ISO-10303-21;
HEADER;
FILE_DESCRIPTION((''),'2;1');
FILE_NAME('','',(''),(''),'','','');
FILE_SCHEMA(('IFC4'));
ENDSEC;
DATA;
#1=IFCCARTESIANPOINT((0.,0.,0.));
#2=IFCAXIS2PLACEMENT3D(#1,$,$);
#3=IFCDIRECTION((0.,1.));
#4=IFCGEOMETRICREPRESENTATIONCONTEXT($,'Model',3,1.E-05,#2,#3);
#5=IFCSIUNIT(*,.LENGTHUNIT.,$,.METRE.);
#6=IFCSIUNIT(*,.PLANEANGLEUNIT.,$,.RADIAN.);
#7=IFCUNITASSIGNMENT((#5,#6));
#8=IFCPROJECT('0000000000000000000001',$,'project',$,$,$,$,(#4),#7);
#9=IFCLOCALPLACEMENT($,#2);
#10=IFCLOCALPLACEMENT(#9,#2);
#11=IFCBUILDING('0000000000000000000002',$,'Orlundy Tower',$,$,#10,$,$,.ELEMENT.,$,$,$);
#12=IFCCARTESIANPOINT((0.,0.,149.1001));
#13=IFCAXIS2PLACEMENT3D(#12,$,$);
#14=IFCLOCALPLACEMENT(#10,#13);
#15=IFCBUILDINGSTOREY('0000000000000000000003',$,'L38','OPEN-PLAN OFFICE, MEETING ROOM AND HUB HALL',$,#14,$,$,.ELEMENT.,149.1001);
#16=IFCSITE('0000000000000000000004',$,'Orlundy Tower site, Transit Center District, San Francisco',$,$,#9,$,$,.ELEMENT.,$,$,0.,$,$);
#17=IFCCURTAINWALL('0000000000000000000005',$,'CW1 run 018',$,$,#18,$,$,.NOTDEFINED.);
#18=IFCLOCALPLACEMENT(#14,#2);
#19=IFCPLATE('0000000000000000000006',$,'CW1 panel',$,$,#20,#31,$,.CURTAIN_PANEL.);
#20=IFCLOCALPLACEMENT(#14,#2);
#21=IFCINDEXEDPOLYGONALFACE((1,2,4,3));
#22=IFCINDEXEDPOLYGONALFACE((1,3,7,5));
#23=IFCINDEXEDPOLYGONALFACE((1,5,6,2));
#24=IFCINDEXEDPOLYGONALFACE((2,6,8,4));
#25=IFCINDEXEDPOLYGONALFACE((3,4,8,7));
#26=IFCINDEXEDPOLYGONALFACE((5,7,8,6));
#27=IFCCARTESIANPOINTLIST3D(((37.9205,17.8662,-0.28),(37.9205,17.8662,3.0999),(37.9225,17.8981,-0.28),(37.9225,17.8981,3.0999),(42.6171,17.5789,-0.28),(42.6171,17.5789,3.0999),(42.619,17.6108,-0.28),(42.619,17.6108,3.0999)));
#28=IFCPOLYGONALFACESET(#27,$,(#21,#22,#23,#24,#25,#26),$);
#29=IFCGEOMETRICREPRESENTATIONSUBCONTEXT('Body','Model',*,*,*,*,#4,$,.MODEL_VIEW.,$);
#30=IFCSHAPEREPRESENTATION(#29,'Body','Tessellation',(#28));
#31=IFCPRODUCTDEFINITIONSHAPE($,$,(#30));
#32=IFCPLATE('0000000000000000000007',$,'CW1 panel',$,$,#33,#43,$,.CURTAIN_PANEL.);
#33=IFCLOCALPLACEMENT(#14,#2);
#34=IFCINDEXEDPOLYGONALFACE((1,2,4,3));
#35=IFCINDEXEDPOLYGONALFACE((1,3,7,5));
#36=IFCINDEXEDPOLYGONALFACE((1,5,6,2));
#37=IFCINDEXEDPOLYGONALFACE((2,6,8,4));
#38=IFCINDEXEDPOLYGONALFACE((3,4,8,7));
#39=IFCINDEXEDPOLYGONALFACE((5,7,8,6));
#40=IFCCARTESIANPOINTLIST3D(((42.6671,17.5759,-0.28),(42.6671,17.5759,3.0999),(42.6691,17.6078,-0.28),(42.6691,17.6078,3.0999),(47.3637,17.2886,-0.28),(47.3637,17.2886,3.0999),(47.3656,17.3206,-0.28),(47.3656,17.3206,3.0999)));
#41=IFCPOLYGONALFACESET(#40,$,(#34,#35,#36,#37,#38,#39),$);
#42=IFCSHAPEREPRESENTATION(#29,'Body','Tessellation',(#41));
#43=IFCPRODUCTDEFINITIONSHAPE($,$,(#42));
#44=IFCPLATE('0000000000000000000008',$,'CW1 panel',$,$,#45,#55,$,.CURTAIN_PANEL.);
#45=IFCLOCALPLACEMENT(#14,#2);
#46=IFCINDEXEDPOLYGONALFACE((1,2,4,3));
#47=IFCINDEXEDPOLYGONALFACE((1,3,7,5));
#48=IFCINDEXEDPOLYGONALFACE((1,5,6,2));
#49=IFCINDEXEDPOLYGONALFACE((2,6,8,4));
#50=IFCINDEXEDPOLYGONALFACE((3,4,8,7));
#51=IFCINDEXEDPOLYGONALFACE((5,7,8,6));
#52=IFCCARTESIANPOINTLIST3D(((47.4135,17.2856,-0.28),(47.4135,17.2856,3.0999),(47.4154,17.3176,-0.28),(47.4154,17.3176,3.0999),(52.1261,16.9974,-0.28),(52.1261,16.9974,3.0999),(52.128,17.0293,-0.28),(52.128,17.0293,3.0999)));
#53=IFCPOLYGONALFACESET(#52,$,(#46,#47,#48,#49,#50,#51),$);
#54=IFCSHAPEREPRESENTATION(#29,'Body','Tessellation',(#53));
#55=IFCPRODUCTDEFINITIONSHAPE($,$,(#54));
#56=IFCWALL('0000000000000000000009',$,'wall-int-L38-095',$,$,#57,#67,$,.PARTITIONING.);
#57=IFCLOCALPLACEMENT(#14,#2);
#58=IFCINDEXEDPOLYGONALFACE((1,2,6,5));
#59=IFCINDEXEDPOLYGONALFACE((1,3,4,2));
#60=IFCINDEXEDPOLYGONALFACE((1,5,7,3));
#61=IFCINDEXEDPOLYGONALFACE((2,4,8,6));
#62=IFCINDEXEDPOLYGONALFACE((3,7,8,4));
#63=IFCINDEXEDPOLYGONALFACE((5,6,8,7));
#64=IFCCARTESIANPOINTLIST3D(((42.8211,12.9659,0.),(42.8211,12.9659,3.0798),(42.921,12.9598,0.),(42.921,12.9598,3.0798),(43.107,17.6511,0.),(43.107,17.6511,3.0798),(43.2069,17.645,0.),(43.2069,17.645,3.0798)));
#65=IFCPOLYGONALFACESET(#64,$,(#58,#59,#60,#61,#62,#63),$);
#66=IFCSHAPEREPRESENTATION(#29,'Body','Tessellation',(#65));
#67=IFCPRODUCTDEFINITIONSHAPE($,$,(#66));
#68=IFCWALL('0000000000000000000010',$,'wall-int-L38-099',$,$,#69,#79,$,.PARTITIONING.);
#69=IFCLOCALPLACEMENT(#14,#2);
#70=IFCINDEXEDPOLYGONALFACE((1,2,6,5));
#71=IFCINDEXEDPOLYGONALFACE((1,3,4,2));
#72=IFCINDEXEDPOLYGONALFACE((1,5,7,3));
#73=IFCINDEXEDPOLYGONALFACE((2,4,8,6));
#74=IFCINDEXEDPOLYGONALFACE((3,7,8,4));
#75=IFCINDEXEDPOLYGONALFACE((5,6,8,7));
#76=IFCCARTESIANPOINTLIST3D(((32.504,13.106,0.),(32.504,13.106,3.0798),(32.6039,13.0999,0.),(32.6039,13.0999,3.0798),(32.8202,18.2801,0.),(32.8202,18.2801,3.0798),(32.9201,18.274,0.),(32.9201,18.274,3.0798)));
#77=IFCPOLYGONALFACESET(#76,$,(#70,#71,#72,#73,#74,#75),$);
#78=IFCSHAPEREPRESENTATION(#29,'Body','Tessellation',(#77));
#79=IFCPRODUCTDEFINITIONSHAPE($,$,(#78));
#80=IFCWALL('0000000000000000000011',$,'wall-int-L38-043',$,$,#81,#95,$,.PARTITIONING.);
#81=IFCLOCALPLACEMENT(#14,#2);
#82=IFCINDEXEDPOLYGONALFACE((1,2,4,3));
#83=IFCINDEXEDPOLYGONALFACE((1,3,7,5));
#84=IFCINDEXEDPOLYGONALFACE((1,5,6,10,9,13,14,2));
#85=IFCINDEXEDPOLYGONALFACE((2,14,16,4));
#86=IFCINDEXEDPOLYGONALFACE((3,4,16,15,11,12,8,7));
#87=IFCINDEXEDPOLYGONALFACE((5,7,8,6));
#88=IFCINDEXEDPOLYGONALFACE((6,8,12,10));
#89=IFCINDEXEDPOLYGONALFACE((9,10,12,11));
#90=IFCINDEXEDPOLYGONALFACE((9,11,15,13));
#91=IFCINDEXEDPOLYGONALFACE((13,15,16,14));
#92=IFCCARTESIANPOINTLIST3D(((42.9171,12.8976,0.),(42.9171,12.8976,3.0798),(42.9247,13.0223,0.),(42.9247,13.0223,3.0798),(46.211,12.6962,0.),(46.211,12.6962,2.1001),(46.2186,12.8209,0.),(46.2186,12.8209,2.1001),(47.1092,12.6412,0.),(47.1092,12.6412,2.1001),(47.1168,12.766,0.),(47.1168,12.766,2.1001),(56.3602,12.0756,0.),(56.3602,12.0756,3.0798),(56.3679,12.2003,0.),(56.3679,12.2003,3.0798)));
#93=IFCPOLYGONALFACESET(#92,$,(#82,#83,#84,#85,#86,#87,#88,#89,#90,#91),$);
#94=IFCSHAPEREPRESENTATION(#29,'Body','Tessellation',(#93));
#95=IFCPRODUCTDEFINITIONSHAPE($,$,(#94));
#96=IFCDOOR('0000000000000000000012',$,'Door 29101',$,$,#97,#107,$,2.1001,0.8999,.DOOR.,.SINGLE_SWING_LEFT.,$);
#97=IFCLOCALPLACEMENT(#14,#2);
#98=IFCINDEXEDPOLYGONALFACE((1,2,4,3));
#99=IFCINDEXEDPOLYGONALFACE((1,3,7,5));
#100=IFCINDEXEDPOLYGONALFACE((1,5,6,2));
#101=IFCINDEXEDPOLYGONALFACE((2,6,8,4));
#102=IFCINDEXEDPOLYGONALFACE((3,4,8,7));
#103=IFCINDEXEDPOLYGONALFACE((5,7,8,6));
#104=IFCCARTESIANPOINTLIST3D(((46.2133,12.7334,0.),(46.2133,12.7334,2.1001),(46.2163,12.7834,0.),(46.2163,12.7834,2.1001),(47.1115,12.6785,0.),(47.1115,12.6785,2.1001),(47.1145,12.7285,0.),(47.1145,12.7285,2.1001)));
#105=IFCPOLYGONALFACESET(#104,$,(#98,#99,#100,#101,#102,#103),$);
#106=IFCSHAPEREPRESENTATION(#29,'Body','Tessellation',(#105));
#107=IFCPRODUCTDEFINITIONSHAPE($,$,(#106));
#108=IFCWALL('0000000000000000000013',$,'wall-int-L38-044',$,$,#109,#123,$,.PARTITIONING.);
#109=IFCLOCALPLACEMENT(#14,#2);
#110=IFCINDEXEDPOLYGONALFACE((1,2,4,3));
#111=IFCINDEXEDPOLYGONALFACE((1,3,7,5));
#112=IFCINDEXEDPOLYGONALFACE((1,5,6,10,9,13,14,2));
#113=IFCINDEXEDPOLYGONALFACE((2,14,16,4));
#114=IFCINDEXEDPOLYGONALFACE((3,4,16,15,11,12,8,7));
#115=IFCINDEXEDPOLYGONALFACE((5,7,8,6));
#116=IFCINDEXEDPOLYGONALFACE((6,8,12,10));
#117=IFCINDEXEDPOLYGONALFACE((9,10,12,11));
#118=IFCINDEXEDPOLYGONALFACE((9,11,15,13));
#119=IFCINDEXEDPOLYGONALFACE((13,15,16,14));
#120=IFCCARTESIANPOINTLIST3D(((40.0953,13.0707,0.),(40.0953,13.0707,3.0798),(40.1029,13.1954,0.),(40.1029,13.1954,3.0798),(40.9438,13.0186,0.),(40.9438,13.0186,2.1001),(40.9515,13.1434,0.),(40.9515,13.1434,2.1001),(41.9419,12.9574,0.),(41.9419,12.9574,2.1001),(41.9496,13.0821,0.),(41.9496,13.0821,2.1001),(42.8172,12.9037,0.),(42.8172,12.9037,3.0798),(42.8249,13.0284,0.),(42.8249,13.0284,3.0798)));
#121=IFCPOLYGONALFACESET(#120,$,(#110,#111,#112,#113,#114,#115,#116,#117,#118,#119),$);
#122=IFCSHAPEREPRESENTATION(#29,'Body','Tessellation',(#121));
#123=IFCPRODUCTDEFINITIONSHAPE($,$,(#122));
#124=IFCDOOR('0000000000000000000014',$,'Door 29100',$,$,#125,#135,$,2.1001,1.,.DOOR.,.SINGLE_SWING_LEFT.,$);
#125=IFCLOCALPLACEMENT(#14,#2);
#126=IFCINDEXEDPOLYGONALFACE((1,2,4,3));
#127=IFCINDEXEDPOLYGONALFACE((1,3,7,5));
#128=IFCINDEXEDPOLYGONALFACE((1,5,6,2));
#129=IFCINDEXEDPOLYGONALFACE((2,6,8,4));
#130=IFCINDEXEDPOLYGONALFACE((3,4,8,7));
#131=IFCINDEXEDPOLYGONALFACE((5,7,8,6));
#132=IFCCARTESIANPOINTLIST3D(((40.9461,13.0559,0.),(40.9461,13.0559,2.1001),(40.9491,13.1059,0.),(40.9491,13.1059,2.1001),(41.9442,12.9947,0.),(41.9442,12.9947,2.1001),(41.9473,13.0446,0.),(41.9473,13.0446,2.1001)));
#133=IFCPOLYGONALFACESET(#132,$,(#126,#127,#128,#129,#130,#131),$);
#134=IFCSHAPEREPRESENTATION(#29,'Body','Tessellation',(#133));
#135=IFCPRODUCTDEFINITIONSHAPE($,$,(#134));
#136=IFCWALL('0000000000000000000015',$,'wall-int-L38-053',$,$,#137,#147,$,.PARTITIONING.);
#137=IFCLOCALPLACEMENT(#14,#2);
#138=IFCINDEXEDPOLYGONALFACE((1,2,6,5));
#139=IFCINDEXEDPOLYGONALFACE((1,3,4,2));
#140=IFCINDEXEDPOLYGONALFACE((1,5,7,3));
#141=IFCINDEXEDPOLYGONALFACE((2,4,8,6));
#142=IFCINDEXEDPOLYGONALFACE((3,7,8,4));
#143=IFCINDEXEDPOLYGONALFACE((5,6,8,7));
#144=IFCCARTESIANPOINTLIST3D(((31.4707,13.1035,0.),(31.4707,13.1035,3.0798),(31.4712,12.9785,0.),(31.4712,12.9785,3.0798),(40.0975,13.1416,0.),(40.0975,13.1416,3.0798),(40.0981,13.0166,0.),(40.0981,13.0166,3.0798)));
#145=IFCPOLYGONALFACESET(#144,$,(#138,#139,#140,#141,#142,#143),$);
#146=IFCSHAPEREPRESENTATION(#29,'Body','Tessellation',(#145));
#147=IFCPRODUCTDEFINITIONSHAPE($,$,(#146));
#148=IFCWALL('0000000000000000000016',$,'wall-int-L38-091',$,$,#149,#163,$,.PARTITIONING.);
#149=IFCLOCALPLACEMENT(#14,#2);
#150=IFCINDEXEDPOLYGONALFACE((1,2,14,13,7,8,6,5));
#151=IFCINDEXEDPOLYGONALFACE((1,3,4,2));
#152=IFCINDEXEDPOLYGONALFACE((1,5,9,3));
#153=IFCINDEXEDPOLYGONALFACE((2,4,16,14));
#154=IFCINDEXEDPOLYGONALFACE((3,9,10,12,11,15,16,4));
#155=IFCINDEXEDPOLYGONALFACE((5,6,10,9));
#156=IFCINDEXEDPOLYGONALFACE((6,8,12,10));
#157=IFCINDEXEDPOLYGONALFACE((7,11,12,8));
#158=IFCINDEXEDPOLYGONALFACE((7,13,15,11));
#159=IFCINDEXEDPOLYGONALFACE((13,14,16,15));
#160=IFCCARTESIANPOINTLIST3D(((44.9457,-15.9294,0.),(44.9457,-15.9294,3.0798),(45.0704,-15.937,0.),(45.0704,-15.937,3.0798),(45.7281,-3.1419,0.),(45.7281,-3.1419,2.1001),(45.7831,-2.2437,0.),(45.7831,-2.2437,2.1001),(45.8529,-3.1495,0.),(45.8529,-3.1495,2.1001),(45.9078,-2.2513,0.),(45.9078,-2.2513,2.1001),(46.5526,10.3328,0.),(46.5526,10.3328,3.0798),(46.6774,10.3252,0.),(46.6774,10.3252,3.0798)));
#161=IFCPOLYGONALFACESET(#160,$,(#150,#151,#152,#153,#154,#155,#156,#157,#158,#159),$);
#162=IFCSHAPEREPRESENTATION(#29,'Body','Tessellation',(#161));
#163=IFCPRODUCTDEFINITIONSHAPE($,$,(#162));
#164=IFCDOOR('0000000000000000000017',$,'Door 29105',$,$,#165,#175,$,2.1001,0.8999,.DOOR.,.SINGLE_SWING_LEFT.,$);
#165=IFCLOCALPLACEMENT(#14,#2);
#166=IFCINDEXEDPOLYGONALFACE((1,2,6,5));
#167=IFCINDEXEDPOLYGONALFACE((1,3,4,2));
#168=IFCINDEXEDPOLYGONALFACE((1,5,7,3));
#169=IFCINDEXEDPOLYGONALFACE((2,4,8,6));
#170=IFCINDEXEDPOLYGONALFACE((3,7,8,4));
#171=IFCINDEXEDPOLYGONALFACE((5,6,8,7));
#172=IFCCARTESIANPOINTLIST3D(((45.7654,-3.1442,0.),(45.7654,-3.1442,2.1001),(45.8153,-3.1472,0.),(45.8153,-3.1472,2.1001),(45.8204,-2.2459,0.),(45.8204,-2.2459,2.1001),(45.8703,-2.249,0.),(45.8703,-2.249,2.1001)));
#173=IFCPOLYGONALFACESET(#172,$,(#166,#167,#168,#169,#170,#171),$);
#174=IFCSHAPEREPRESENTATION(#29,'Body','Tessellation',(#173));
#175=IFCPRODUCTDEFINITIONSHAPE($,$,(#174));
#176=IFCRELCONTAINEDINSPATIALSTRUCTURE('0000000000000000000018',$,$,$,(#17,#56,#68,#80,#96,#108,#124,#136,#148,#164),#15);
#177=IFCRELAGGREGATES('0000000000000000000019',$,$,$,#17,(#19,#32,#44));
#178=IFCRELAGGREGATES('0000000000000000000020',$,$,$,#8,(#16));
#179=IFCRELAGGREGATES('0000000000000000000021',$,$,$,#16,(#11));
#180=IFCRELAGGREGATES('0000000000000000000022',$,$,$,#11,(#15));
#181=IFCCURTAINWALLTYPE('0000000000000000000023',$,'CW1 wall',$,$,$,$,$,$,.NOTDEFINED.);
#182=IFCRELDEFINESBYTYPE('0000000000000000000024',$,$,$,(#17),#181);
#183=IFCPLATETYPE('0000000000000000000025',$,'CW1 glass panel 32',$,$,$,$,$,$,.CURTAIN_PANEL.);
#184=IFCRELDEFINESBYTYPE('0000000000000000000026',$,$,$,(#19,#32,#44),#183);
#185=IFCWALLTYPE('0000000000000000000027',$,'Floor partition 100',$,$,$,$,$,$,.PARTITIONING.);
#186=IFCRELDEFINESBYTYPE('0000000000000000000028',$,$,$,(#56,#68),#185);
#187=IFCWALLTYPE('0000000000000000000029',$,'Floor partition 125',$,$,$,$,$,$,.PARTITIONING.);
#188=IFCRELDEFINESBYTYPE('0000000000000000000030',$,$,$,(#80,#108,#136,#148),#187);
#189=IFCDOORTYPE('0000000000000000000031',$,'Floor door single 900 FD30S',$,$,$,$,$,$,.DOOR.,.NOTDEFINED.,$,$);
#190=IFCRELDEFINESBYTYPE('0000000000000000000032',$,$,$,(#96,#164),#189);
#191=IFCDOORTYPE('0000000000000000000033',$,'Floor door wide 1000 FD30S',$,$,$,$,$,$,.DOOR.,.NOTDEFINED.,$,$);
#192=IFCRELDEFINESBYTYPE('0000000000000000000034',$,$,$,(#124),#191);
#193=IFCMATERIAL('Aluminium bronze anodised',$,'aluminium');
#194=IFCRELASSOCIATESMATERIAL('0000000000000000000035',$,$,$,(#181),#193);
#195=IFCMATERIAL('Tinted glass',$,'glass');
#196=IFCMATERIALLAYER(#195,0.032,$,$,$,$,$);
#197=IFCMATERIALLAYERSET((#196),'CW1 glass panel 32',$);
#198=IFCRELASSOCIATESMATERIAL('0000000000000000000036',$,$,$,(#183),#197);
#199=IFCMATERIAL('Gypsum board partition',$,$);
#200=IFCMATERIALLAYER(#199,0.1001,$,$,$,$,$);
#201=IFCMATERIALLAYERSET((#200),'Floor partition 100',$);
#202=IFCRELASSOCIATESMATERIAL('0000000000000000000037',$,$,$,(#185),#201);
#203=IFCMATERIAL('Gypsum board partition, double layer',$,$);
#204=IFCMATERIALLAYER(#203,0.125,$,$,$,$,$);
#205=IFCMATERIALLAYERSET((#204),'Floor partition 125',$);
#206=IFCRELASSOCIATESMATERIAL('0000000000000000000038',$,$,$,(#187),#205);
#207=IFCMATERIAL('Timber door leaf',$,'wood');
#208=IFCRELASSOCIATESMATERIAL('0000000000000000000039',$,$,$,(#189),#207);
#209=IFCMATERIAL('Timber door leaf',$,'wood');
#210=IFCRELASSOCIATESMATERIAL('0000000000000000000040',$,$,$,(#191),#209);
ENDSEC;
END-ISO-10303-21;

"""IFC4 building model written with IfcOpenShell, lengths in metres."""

from ifc_helpers import new_model, si_unit, direction, frame, frame_2d, origin, origin_2d, place, context, subcontext, project, spatial, rectangle, extrude, material, layer, layer_set, type_object, element, fill, aggregate, save


model = new_model("IFC4")

# Units and contexts
model_context = context("Model", 3, precision=1e-05, world=origin(), true_north=direction((0.0, 1.0)))
body_context = subcontext(model_context, "Body", "Model", "MODEL_VIEW")
ifc_project = project(units=[si_unit("LENGTHUNIT", "METRE"), si_unit("PLANEANGLEUNIT", "RADIAN")], contexts=[model_context])

# Site, building, storey
site_placement = place(None, origin())
site = spatial("IfcSite", under=ifc_project, at=site_placement, Name="Orlundy Tower site, Transit Center District, San Francisco", CompositionType="ELEMENT", RefElevation=0.0)
building_placement = place(site_placement, origin())
building = spatial("IfcBuilding", under=site, at=building_placement, Name="Orlundy Tower", CompositionType="ELEMENT")
storey_placement = place(building_placement, frame((0.0, 0.0, 149.1001)))
storey = spatial("IfcBuildingStorey", under=building, at=storey_placement, Name="L38", Description="OPEN-PLAN OFFICE, MEETING ROOM AND HUB HALL", CompositionType="ELEMENT", Elevation=149.1001)

# Curtain wall, plates
ifc_material_1 = material(Name="Aluminium bronze anodised", Category="aluminium")
curtain_wall_type = type_object("IfcCurtainWallType", Name="CW1 wall", PredefinedType="NOTDEFINED", material=ifc_material_1)
curtain_wall_placement = place(storey_placement, origin())
curtain_wall = element("IfcCurtainWall", 1, at=curtain_wall_placement, inside=storey, type_object=curtain_wall_type, Name="CW1 run 018", PredefinedType="NOTDEFINED")
ifc_material_2 = material(Name="Tinted glass", Category="glass")
ifc_layer_1 = layer(ifc_material_2, 0.032)
ifc_layer_set_1 = layer_set([ifc_layer_1], Name="CW1 glass panel 32")
plate_type = type_object("IfcPlateType", Name="CW1 glass panel 32", PredefinedType="CURTAIN_PANEL", material=ifc_layer_set_1)
plate_1_placement = place(storey_placement, frame((40.2698, 17.7385, -0.28), z_axis=(0.0, 0.0, 1.0), x_axis=(0.998134, -0.061054, 0.0)))
plate_1 = element("IfcPlate", 2, at=plate_1_placement, type_object=plate_type, Name="CW1 panel", PredefinedType="CURTAIN_PANEL", context=body_context, shape_type="SweptSolid", body=[
    extrude(rectangle(XDim=4.7053, YDim=0.032, at=origin_2d()), origin(), (0.0, 0.0, 1.0), 3.3799),
])
plate_2_placement = place(storey_placement, frame((45.0164, 17.4482, -0.28), z_axis=(0.0, 0.0, 1.0), x_axis=(0.998134, -0.061054, 0.0)))
plate_2 = element("IfcPlate", 3, at=plate_2_placement, type_object=plate_type, Name="CW1 panel", PredefinedType="CURTAIN_PANEL", context=body_context, shape_type="SweptSolid", body=[
    extrude(rectangle(XDim=4.7053, YDim=0.032, at=origin_2d()), origin(), (0.0, 0.0, 1.0), 3.3799),
])
plate_3_placement = place(storey_placement, frame((49.7708, 17.1575, -0.28), z_axis=(0.0, 0.0, 1.0), x_axis=(0.998134, -0.061054, 0.0)))
plate_3 = element("IfcPlate", 4, at=plate_3_placement, type_object=plate_type, Name="CW1 panel", PredefinedType="CURTAIN_PANEL", context=body_context, shape_type="SweptSolid", body=[
    extrude(rectangle(XDim=4.7214, YDim=0.032, at=origin_2d()), origin(), (0.0, 0.0, 1.0), 3.3799),
])
aggregate(curtain_wall, [plate_1, plate_2, plate_3])

# Walls
ifc_material_3 = material(Name="Gypsum board partition")
ifc_layer_2 = layer(ifc_material_3, 0.1001)
ifc_layer_set_2 = layer_set([ifc_layer_2], Name="Floor partition 100")
wall_type_1 = type_object("IfcWallType", Name="Floor partition 100", PredefinedType="PARTITIONING", material=ifc_layer_set_2)
wall_1_placement = place(storey_placement, frame((42.8711, 12.9629, 0.0), z_axis=(0.0, 0.0, 1.0), x_axis=(0.060908, 0.998143, 0.0)))
element("IfcWall", 5, at=wall_1_placement, inside=storey, type_object=wall_type_1, Name="wall-int-L38-095", PredefinedType="PARTITIONING", context=body_context, shape_type="SweptSolid", body=[
    extrude(rectangle(XDim=4.6938, YDim=0.1001, at=frame_2d((2.3469, 0.0))), origin(), (0.0, 0.0, 1.0), 3.0798),
])
wall_2_placement = place(storey_placement, frame((32.554, 13.103, 0.0), z_axis=(0.0, 0.0, 1.0), x_axis=(0.060991, 0.998138, 0.0)))
element("IfcWall", 6, at=wall_2_placement, inside=storey, type_object=wall_type_1, Name="wall-int-L38-099", PredefinedType="PARTITIONING", context=body_context, shape_type="SweptSolid", body=[
    extrude(rectangle(XDim=5.1838, YDim=0.1001, at=frame_2d((2.5918, 0.0))), origin(), (0.0, 0.0, 1.0), 3.0798),
])

# Walls, openings, doors
ifc_material_4 = material(Name="Gypsum board partition, double layer")
ifc_layer_3 = layer(ifc_material_4, 0.125)
ifc_layer_set_3 = layer_set([ifc_layer_3], Name="Floor partition 125")
wall_type_2 = type_object("IfcWallType", Name="Floor partition 125", PredefinedType="PARTITIONING", material=ifc_layer_set_3)
wall_3_placement = place(storey_placement, frame((42.9209, 12.96, 0.0), z_axis=(0.0, 0.0, 1.0), x_axis=(0.998136, -0.061034, 0.0)))
wall_3 = element("IfcWall", 7, at=wall_3_placement, inside=storey, type_object=wall_type_2, Name="wall-int-L38-043", PredefinedType="PARTITIONING", context=body_context, shape_type="SweptSolid", body=[
    extrude(rectangle(XDim=13.4683, YDim=0.125, at=frame_2d((6.7341, 0.0))), origin(), (0.0, 0.0, 1.0), 3.0798),
])
opening_1_placement = place(wall_3_placement, frame((3.3, 0.0, 0.0)))
opening_1 = element("IfcOpeningElement", 8, at=opening_1_placement, cuts=wall_3, PredefinedType="OPENING", context=body_context, shape_type="SweptSolid", body=[
    extrude(rectangle(XDim=0.8999, YDim=2.1001, at=frame_2d((0.45, 1.05))), frame((0.0, 0.0725, 0.0), z_axis=(0.0, -1.0, 0.0), x_axis=(1.0, 0.0, 0.0)), (0.0, 0.0, 1.0), 0.145),
])
ifc_material_5 = material(Name="Timber door leaf", Category="wood")
door_type_1 = type_object("IfcDoorType", Name="Floor door single 900 FD30S", OperationType="NOTDEFINED", PredefinedType="DOOR", material=ifc_material_5)
door_1_placement = place(opening_1_placement, origin())
door_1 = element("IfcDoor", 9, at=door_1_placement, inside=storey, type_object=door_type_1, Name="Door 29101", OperationType="SINGLE_SWING_LEFT", OverallHeight=2.1001, OverallWidth=0.8999, PredefinedType="DOOR", context=body_context, shape_type="SweptSolid", body=[
    extrude(rectangle(XDim=0.8999, YDim=2.1001, at=frame_2d((0.45, 1.05))), frame((0.0, 0.0249, 0.0), z_axis=(0.0, -1.0, 0.0), x_axis=(1.0, 0.0, 0.0)), (0.0, 0.0, 1.0), 0.05),
])
fill(opening_1, door_1)
wall_4_placement = place(storey_placement, frame((40.0991, 13.1331, 0.0), z_axis=(0.0, 0.0, 1.0), x_axis=(0.998123, -0.061236, 0.0)))
wall_4 = element("IfcWall", 10, at=wall_4_placement, inside=storey, type_object=wall_type_2, Name="wall-int-L38-044", PredefinedType="PARTITIONING", context=body_context, shape_type="SweptSolid", body=[
    extrude(rectangle(XDim=2.7271, YDim=0.125, at=frame_2d((1.3635, 0.0))), origin(), (0.0, 0.0, 1.0), 3.0798),
])
opening_2_placement = place(wall_4_placement, frame((0.8501, 0.0, 0.0)))
opening_2 = element("IfcOpeningElement", 11, at=opening_2_placement, cuts=wall_4, PredefinedType="OPENING", context=body_context, shape_type="SweptSolid", body=[
    extrude(rectangle(XDim=1.0, YDim=2.1001, at=frame_2d((0.5, 1.05))), frame((0.0, 0.0725, 0.0), z_axis=(0.0, -1.0, 0.0), x_axis=(1.0, 0.0, 0.0)), (0.0, 0.0, 1.0), 0.145),
])
ifc_material_6 = material(Name="Timber door leaf", Category="wood")
door_type_2 = type_object("IfcDoorType", Name="Floor door wide 1000 FD30S", OperationType="NOTDEFINED", PredefinedType="DOOR", material=ifc_material_6)
door_2_placement = place(opening_2_placement, origin())
door_2 = element("IfcDoor", 12, at=door_2_placement, inside=storey, type_object=door_type_2, Name="Door 29100", OperationType="SINGLE_SWING_LEFT", OverallHeight=2.1001, OverallWidth=1.0, PredefinedType="DOOR", context=body_context, shape_type="SweptSolid", body=[
    extrude(rectangle(XDim=1.0, YDim=2.1001, at=frame_2d((0.5, 1.05))), frame((0.0, 0.0249, 0.0), z_axis=(0.0, -1.0, 0.0), x_axis=(1.0, 0.0, 0.0)), (0.0, 0.0, 1.0), 0.05),
])
fill(opening_2, door_2)

# Wall
wall_5_placement = place(storey_placement, frame((31.4709, 13.041, 0.0), z_axis=(0.0, 0.0, 1.0), x_axis=(0.99999, 0.004415, 0.0)))
element("IfcWall", 13, at=wall_5_placement, inside=storey, type_object=wall_type_2, Name="wall-int-L38-053", PredefinedType="PARTITIONING", context=body_context, shape_type="SweptSolid", body=[
    extrude(rectangle(XDim=8.627, YDim=0.125, at=frame_2d((4.3135, 0.0))), origin(), (0.0, 0.0, 1.0), 3.0798),
])

# Wall, opening, door
wall_6_placement = place(storey_placement, frame((46.615, 10.3291, 0.0), z_axis=(0.0, 0.0, 1.0), x_axis=(-0.061074, -0.998133, 0.0)))
wall_6 = element("IfcWall", 14, at=wall_6_placement, inside=storey, type_object=wall_type_2, Name="wall-int-L38-091", PredefinedType="PARTITIONING", context=body_context, shape_type="SweptSolid", body=[
    extrude(rectangle(XDim=26.3113, YDim=0.125, at=frame_2d((13.1558, 0.0))), origin(), (0.0, 0.0, 1.0), 3.0798),
])
opening_3_placement = place(wall_6_placement, frame((12.6001, 0.0, 0.0)))
opening_3 = element("IfcOpeningElement", 15, at=opening_3_placement, cuts=wall_6, PredefinedType="OPENING", context=body_context, shape_type="SweptSolid", body=[
    extrude(rectangle(XDim=0.8999, YDim=2.1001, at=frame_2d((0.45, 1.05))), frame((0.0, 0.0725, 0.0), z_axis=(0.0, -1.0, 0.0), x_axis=(1.0, 0.0, 0.0)), (0.0, 0.0, 1.0), 0.145),
])
door_3_placement = place(opening_3_placement, origin())
door_3 = element("IfcDoor", 16, at=door_3_placement, inside=storey, type_object=door_type_1, Name="Door 29105", OperationType="SINGLE_SWING_LEFT", OverallHeight=2.1001, OverallWidth=0.8999, PredefinedType="DOOR", context=body_context, shape_type="SweptSolid", body=[
    extrude(rectangle(XDim=0.8999, YDim=2.1001, at=frame_2d((0.45, 1.05))), frame((0.0, 0.0249, 0.0), z_axis=(0.0, -1.0, 0.0), x_axis=(1.0, 0.0, 0.0)), (0.0, 0.0, 1.0), 0.05),
])
fill(opening_3, door_3)

save(model, "model.ifc")
